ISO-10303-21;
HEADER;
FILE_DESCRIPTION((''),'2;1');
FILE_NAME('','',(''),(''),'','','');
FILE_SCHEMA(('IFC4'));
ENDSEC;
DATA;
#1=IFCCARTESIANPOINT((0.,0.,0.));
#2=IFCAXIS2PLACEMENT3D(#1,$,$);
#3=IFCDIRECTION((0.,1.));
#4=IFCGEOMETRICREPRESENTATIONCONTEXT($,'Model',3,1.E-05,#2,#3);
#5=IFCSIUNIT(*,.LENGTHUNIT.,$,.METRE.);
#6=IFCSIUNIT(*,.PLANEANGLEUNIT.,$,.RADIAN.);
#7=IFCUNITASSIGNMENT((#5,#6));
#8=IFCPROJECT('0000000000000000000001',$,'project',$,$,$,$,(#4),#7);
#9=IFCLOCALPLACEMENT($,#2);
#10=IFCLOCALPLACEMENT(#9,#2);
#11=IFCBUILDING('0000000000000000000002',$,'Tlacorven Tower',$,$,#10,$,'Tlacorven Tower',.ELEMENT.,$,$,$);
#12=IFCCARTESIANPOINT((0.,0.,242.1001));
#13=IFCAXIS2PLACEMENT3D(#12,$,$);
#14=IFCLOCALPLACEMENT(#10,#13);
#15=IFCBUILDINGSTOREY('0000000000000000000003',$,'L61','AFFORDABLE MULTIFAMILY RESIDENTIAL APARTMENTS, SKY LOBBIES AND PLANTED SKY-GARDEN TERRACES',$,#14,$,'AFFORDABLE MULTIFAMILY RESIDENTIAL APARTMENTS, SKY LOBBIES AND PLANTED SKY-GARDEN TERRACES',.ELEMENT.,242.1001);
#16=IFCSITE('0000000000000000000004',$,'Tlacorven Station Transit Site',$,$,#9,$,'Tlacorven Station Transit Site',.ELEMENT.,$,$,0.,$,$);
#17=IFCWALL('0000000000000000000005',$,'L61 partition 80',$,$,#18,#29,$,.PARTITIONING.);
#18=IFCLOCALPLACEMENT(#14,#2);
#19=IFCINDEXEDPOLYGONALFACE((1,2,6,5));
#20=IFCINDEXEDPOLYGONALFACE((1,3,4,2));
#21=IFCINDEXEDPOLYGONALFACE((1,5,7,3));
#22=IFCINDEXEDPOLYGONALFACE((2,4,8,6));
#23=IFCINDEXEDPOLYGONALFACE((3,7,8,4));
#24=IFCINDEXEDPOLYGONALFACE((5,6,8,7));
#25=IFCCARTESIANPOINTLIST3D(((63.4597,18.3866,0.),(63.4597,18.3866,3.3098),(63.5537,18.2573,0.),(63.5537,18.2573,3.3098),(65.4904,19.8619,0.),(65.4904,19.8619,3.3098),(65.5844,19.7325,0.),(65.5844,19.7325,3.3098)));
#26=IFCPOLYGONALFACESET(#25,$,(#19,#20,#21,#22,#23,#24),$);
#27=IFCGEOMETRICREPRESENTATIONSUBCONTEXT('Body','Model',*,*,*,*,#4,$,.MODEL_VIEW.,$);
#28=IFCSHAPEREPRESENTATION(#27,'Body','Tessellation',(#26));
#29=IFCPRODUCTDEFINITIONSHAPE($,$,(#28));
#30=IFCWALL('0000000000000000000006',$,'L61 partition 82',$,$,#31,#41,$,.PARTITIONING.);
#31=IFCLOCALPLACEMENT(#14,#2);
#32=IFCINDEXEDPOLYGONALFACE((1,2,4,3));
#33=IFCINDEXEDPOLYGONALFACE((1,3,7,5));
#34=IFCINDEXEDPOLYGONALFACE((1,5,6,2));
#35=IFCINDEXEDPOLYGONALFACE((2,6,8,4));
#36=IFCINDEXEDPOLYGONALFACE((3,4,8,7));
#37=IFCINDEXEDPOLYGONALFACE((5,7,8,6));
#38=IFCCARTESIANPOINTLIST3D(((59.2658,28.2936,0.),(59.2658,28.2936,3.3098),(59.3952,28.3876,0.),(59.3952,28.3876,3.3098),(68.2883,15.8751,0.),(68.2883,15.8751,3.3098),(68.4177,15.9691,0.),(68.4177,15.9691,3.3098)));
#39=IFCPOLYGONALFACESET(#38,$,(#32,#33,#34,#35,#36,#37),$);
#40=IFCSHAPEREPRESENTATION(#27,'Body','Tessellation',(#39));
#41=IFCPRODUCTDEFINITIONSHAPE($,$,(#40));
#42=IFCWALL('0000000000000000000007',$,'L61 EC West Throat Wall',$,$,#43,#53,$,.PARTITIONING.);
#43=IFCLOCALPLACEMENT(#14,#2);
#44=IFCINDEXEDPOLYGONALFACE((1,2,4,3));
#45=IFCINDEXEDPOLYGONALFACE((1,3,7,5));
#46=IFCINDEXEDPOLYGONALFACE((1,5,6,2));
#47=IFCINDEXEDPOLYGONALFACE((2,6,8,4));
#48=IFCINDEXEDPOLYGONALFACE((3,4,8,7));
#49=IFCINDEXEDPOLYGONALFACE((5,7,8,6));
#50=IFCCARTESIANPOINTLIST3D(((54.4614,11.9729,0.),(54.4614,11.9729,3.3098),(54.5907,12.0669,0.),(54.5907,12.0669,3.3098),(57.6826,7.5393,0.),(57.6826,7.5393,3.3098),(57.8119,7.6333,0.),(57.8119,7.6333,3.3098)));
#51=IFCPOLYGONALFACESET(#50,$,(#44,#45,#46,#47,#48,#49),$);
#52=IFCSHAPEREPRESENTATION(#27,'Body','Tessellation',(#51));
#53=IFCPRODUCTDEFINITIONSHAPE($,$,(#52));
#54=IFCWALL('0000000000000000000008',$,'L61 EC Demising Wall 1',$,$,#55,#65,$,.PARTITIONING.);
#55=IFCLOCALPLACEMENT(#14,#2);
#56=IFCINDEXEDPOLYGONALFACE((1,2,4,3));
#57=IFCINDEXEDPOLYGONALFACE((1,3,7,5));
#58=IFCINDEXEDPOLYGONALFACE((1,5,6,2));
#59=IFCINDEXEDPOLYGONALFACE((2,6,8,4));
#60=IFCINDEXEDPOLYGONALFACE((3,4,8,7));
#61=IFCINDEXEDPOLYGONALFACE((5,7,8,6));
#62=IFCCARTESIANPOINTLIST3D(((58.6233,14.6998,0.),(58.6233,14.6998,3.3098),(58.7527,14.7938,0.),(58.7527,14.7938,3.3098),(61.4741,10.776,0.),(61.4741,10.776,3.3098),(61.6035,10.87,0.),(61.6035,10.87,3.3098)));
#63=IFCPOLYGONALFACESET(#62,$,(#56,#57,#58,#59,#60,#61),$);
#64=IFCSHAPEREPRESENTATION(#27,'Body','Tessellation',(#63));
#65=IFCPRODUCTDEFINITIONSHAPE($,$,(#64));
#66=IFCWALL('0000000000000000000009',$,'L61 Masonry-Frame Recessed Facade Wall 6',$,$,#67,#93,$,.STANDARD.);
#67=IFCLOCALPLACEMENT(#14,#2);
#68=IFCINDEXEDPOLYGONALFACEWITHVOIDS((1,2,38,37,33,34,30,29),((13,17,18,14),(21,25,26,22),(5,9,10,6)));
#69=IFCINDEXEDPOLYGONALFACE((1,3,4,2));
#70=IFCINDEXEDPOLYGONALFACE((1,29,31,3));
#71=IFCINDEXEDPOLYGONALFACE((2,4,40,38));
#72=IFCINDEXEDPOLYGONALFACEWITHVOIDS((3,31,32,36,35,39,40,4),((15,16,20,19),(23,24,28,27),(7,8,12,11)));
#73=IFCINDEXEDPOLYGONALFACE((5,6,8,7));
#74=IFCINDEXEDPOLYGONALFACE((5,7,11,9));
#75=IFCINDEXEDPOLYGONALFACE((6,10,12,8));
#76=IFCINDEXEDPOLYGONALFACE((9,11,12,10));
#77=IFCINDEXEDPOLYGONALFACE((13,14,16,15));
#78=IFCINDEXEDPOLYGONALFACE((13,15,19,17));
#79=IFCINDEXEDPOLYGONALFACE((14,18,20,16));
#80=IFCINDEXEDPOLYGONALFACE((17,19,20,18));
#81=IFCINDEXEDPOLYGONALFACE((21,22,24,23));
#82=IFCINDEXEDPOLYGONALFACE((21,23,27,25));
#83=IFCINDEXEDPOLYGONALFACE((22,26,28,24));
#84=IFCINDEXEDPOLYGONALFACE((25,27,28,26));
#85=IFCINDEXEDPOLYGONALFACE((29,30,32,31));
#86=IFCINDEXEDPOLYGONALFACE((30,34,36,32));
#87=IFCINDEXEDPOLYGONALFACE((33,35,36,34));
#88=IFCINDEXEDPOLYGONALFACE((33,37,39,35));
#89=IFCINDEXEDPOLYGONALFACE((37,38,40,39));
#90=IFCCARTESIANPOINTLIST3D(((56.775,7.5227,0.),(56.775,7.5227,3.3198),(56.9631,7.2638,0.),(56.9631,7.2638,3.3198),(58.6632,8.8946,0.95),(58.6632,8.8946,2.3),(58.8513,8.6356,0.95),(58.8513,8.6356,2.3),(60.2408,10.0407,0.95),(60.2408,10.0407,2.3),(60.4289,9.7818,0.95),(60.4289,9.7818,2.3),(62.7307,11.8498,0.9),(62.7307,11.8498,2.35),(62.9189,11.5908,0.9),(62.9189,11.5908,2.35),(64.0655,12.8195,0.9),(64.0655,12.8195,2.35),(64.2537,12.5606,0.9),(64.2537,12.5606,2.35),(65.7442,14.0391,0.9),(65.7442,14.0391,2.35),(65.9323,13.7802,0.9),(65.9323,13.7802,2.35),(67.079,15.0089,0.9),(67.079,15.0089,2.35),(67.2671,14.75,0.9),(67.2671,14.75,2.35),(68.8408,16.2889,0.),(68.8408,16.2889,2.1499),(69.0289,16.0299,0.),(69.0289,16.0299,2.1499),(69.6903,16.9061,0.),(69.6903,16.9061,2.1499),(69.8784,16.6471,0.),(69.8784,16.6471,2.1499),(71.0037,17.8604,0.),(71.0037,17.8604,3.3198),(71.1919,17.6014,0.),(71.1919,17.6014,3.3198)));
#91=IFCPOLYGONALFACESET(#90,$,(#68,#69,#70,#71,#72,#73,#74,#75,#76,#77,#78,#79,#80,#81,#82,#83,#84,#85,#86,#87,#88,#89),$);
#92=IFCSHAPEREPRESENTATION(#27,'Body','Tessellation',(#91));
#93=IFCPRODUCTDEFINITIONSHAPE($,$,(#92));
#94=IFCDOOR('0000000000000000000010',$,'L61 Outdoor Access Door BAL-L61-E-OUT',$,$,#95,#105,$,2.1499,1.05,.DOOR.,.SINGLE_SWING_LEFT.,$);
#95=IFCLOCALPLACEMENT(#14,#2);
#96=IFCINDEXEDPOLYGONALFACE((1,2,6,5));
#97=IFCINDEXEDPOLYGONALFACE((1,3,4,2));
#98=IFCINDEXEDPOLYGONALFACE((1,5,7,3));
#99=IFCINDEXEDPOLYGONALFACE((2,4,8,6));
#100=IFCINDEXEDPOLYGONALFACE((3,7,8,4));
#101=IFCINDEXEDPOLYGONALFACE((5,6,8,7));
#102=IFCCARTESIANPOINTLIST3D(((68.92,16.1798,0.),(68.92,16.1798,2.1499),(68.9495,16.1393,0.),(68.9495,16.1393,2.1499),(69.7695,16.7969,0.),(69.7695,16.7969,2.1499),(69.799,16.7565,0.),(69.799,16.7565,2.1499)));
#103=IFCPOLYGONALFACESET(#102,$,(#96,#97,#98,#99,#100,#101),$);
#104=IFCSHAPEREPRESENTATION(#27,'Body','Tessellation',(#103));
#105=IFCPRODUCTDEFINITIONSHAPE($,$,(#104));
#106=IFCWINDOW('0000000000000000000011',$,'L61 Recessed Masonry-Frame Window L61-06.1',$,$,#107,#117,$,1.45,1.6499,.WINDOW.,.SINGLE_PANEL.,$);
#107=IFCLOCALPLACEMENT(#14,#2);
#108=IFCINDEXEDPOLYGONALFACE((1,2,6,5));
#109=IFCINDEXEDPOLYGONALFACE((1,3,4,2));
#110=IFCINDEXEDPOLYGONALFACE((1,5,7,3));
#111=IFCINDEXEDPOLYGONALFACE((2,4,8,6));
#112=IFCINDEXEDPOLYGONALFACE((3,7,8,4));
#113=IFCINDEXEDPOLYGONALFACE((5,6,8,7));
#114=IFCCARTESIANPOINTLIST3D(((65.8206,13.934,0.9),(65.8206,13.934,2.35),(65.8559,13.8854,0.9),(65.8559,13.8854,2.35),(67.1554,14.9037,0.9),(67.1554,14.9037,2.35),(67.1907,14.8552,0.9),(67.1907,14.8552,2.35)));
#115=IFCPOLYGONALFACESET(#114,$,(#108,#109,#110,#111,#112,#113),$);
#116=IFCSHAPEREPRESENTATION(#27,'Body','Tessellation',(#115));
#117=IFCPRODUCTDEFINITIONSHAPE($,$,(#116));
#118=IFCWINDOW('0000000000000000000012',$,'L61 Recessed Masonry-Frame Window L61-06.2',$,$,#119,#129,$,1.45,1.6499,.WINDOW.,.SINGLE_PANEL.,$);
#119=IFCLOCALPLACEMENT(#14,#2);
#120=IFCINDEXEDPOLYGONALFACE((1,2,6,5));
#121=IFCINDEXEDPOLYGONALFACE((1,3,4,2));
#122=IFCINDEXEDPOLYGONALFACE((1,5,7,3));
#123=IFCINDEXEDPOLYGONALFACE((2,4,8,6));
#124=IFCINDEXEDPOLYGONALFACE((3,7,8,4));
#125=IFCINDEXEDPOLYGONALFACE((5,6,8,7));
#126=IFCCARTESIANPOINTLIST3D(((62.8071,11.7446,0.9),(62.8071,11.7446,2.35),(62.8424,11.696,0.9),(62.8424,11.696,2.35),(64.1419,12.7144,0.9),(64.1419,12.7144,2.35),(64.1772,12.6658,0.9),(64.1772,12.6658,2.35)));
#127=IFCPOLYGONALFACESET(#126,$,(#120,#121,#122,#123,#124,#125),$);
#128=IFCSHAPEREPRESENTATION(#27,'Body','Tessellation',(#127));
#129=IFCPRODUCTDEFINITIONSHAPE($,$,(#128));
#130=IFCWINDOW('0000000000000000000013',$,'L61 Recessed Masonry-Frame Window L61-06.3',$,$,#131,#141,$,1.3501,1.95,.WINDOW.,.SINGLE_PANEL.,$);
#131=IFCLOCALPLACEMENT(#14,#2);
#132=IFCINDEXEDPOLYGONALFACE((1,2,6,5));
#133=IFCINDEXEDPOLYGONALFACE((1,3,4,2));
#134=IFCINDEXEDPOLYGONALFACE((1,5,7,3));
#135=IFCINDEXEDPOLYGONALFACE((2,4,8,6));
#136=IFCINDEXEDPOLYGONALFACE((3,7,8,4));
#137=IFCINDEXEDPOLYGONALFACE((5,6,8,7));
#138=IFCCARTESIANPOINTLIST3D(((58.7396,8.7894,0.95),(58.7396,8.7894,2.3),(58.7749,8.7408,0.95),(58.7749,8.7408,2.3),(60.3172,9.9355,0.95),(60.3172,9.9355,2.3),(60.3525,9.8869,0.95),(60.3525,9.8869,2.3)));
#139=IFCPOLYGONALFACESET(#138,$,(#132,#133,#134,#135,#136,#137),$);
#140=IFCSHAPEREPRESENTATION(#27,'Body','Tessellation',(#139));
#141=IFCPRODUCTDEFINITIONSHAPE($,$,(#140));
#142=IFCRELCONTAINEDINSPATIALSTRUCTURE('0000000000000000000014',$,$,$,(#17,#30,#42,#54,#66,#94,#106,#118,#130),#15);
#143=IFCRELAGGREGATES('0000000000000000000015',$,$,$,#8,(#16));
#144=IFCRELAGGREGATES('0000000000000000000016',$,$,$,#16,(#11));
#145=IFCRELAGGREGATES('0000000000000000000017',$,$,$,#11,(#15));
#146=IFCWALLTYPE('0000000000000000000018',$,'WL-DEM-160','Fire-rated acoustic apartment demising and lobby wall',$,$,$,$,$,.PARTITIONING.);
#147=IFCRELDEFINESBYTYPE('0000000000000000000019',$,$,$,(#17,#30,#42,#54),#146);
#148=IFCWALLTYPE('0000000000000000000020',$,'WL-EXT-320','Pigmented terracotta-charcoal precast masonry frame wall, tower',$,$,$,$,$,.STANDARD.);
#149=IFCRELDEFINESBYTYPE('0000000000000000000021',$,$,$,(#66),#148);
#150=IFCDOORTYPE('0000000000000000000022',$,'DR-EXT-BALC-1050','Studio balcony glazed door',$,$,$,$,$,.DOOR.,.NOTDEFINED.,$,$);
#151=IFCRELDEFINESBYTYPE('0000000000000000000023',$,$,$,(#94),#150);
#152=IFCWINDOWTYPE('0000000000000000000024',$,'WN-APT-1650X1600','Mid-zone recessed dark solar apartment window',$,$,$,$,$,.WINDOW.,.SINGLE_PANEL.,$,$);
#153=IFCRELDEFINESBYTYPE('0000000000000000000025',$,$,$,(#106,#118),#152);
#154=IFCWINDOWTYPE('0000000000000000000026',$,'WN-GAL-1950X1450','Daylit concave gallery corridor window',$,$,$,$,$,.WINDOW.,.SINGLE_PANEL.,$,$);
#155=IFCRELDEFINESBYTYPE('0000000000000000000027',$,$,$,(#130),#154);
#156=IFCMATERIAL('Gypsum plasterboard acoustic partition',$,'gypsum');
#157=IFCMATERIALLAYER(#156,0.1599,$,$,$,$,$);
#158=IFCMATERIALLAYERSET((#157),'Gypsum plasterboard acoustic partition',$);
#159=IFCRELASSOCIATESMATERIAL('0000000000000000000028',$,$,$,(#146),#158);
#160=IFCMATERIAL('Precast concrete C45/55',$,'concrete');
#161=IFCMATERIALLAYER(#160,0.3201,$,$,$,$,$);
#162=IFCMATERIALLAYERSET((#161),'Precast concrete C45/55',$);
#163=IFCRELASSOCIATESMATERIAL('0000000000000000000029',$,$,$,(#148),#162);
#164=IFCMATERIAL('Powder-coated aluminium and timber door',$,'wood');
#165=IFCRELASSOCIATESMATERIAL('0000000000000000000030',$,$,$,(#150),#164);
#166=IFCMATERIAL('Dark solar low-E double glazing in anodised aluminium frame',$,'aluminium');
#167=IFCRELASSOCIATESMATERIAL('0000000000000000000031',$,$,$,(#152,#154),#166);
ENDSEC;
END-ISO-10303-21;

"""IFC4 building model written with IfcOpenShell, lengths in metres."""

from ifc_helpers import new_model, si_unit, direction, frame, frame_2d, origin, place, context, subcontext, project, spatial, rectangle, extrude, source, transform, mapped, material, layer, layer_set, type_object, element, fill, save


model = new_model("IFC4")

# Units and contexts
model_context = context("Model", 3, precision=1e-05, world=origin(), true_north=direction((0.0, 1.0)))
body_context = subcontext(model_context, "Body", "Model", "MODEL_VIEW")
ifc_project = project(units=[si_unit("LENGTHUNIT", "METRE"), si_unit("PLANEANGLEUNIT", "RADIAN")], contexts=[model_context])

# Site, building, storey
site_placement = place(None, origin())
site = spatial("IfcSite", under=ifc_project, at=site_placement, Name="Tlacorven Station Transit Site", LongName="Tlacorven Station Transit Site", CompositionType="ELEMENT", RefElevation=0.0)
building_placement = place(site_placement, origin())
building = spatial("IfcBuilding", under=site, at=building_placement, Name="Tlacorven Tower", LongName="Tlacorven Tower", CompositionType="ELEMENT")
storey_placement = place(building_placement, frame((0.0, 0.0, 242.1001)))
storey = spatial("IfcBuildingStorey", under=building, at=storey_placement, Name="L61", Description="AFFORDABLE MULTIFAMILY RESIDENTIAL APARTMENTS, SKY LOBBIES AND PLANTED SKY-GARDEN TERRACES", LongName="AFFORDABLE MULTIFAMILY RESIDENTIAL APARTMENTS, SKY LOBBIES AND PLANTED SKY-GARDEN TERRACES", CompositionType="ELEMENT", Elevation=242.1001)

# Walls
ifc_material_1 = material(Name="Gypsum plasterboard acoustic partition", Category="gypsum")
ifc_layer_1 = layer(ifc_material_1, 0.1599)
ifc_layer_set_1 = layer_set([ifc_layer_1], Name="Gypsum plasterboard acoustic partition")
wall_type_1 = type_object("IfcWallType", Name="WL-DEM-160", Description="Fire-rated acoustic apartment demising and lobby wall", PredefinedType="PARTITIONING", material=ifc_layer_set_1)
wall_1_placement = place(storey_placement, frame((63.5068, 18.322, 0.0), z_axis=(0.0, 0.0, 1.0), x_axis=(0.809035, 0.587761, 0.0)))
element("IfcWall", 1, at=wall_1_placement, inside=storey, type_object=wall_type_1, Name="L61 partition 80", PredefinedType="PARTITIONING", context=body_context, shape_type="SweptSolid", body=[
    extrude(rectangle(XDim=2.51, YDim=0.1599, at=frame_2d((1.2549, 0.0))), origin(), (0.0, 0.0, 1.0), 3.3098),
])
wall_2_placement = place(storey_placement, frame((68.353, 15.9221, 0.0), z_axis=(0.0, 0.0, 1.0), x_axis=(-0.587782, 0.809019, 0.0)))
element("IfcWall", 2, at=wall_2_placement, inside=storey, type_object=wall_type_1, Name="L61 partition 82", PredefinedType="PARTITIONING", context=body_context, shape_type="SweptSolid", body=[
    extrude(rectangle(XDim=15.3501, YDim=0.1599, at=frame_2d((7.675, 0.0))), origin(), (0.0, 0.0, 1.0), 3.3098),
])
wall_3_placement = place(storey_placement, frame((57.7473, 7.5862, 0.0), z_axis=(0.0, 0.0, 1.0), x_axis=(-0.587785, 0.809017, 0.0)))
element("IfcWall", 3, at=wall_3_placement, inside=storey, type_object=wall_type_1, Name="L61 EC West Throat Wall", PredefinedType="PARTITIONING", context=body_context, shape_type="SweptSolid", body=[
    extrude(rectangle(XDim=5.4802, YDim=0.1599, at=frame_2d((2.7402, 0.0))), origin(), (0.0, 0.0, 1.0), 3.3098),
])
wall_4_placement = place(storey_placement, frame((61.5388, 10.823, 0.0), z_axis=(0.0, 0.0, 1.0), x_axis=(-0.587786, 0.809017, 0.0)))
element("IfcWall", 4, at=wall_4_placement, inside=storey, type_object=wall_type_1, Name="L61 EC Demising Wall 1", PredefinedType="PARTITIONING", context=body_context, shape_type="SweptSolid", body=[
    extrude(rectangle(XDim=4.8501, YDim=0.1599, at=frame_2d((2.425, 0.0))), origin(), (0.0, 0.0, 1.0), 3.3098),
])

# Wall, openings, door, windows
ifc_material_2 = material(Name="Precast concrete C45/55", Category="concrete")
ifc_layer_2 = layer(ifc_material_2, 0.3201)
ifc_layer_set_2 = layer_set([ifc_layer_2], Name="Precast concrete C45/55")
wall_type_2 = type_object("IfcWallType", Name="WL-EXT-320", Description="Pigmented terracotta-charcoal precast masonry frame wall, tower", PredefinedType="STANDARD", material=ifc_layer_set_2)
wall_5_placement = place(storey_placement, frame((71.0979, 17.731, 0.0), z_axis=(0.0, 0.0, 1.0), x_axis=(-0.809021, -0.58778, 0.0)))
wall_5 = element("IfcWall", 5, at=wall_5_placement, inside=storey, type_object=wall_type_2, Name="L61 Masonry-Frame Recessed Facade Wall 6", PredefinedType="STANDARD", context=body_context, shape_type="SweptSolid", body=[
    extrude(rectangle(XDim=17.5876, YDim=0.3201, at=frame_2d((8.7939, 0.0))), origin(), (0.0, 0.0, 1.0), 3.3198),
])
opening_1_placement = place(wall_5_placement, frame((1.6238, 0.0, 0.0)))
opening_1 = element("IfcOpeningElement", 6, at=opening_1_placement, cuts=wall_5, PredefinedType="OPENING", context=body_context, shape_type="SweptSolid", body=[
    extrude(rectangle(XDim=1.05, YDim=2.1499, at=frame_2d((0.5249, 1.075))), frame((0.0, 0.1699, 0.0), z_axis=(0.0, -1.0, 0.0), x_axis=(1.0, 0.0, 0.0)), (0.0, 0.0, 1.0), 0.3401),
])
opening_2_placement = place(wall_5_placement, frame((4.8513, 0.0, 0.8999)))
opening_2 = element("IfcOpeningElement", 7, at=opening_2_placement, cuts=wall_5, PredefinedType="OPENING", context=body_context, shape_type="SweptSolid", body=[
    extrude(rectangle(XDim=1.6499, YDim=1.45, at=frame_2d((0.825, 0.7251))), frame((0.0, 0.1699, 0.0), z_axis=(0.0, -1.0, 0.0), x_axis=(1.0, 0.0, 0.0)), (0.0, 0.0, 1.0), 0.3401),
])
opening_3_placement = place(wall_5_placement, frame((8.5762, 0.0, 0.8999)))
opening_3 = element("IfcOpeningElement", 8, at=opening_3_placement, cuts=wall_5, PredefinedType="OPENING", context=body_context, shape_type="SweptSolid", body=[
    extrude(rectangle(XDim=1.6499, YDim=1.45, at=frame_2d((0.825, 0.7251))), frame((0.0, 0.1699, 0.0), z_axis=(0.0, -1.0, 0.0), x_axis=(1.0, 0.0, 0.0)), (0.0, 0.0, 1.0), 0.3401),
])
opening_4_placement = place(wall_5_placement, frame((13.3037, 0.0, 0.95)))
opening_4 = element("IfcOpeningElement", 9, at=opening_4_placement, cuts=wall_5, PredefinedType="OPENING", context=body_context, shape_type="SweptSolid", body=[
    extrude(rectangle(XDim=1.95, YDim=1.3501, at=frame_2d((0.9751, 0.675))), frame((0.0, 0.1699, 0.0), z_axis=(0.0, -1.0, 0.0), x_axis=(1.0, 0.0, 0.0)), (0.0, 0.0, 1.0), 0.3401),
])
ifc_material_3 = material(Name="Powder-coated aluminium and timber door", Category="wood")
door_type = type_object("IfcDoorType", Name="DR-EXT-BALC-1050", Description="Studio balcony glazed door", OperationType="NOTDEFINED", PredefinedType="DOOR", material=ifc_material_3)
shared_shape_1 = source(origin(), body_context, "Body", "SweptSolid", [
    extrude(rectangle(XDim=1.05, YDim=2.1499, at=frame_2d((0.5249, 1.075))), frame((0.0, 0.0249, 0.0), z_axis=(0.0, -1.0, 0.0), x_axis=(1.0, 0.0, 0.0)), (0.0, 0.0, 1.0), 0.05),
])
door_placement = place(opening_1_placement, origin())
door = element("IfcDoor", 10, at=door_placement, inside=storey, type_object=door_type, Name="L61 Outdoor Access Door BAL-L61-E-OUT", OperationType="SINGLE_SWING_LEFT", OverallHeight=2.1499, OverallWidth=1.05, PredefinedType="DOOR", context=body_context, shape_type="MappedRepresentation", body=[
    mapped(shared_shape_1, transform((0.0, 0.0, 0.0), scale=1.0)),
])
fill(opening_1, door)
ifc_material_4 = material(Name="Dark solar low-E double glazing in anodised aluminium frame", Category="aluminium")
window_type_1 = type_object("IfcWindowType", Name="WN-APT-1650X1600", Description="Mid-zone recessed dark solar apartment window", PartitioningType="SINGLE_PANEL", PredefinedType="WINDOW", material=ifc_material_4)
shared_shape_2 = source(origin(), body_context, "Body", "SweptSolid", [
    extrude(rectangle(XDim=1.6499, YDim=1.45, at=frame_2d((0.825, 0.7251))), frame((0.0, 0.03, 0.0), z_axis=(0.0, -1.0, 0.0), x_axis=(1.0, 0.0, 0.0)), (0.0, 0.0, 1.0), 0.0601),
])
window_1_placement = place(opening_2_placement, origin())
window_1 = element("IfcWindow", 11, at=window_1_placement, inside=storey, type_object=window_type_1, Name="L61 Recessed Masonry-Frame Window L61-06.1", OverallHeight=1.45, OverallWidth=1.6499, PartitioningType="SINGLE_PANEL", PredefinedType="WINDOW", context=body_context, shape_type="MappedRepresentation", body=[
    mapped(shared_shape_2, transform((0.0, 0.0, 0.0), scale=1.0)),
])
fill(opening_2, window_1)
window_2_placement = place(opening_3_placement, origin())
window_2 = element("IfcWindow", 12, at=window_2_placement, inside=storey, type_object=window_type_1, Name="L61 Recessed Masonry-Frame Window L61-06.2", OverallHeight=1.45, OverallWidth=1.6499, PartitioningType="SINGLE_PANEL", PredefinedType="WINDOW", context=body_context, shape_type="MappedRepresentation", body=[
    mapped(shared_shape_2, transform((0.0, 0.0, 0.0), scale=1.0)),
])
fill(opening_3, window_2)
window_type_2 = type_object("IfcWindowType", Name="WN-GAL-1950X1450", Description="Daylit concave gallery corridor window", PartitioningType="SINGLE_PANEL", PredefinedType="WINDOW", material=ifc_material_4)
shared_shape_3 = source(origin(), body_context, "Body", "SweptSolid", [
    extrude(rectangle(XDim=1.95, YDim=1.3501, at=frame_2d((0.9751, 0.675))), frame((0.0, 0.03, 0.0), z_axis=(0.0, -1.0, 0.0), x_axis=(1.0, 0.0, 0.0)), (0.0, 0.0, 1.0), 0.0601),
])
window_3_placement = place(opening_4_placement, origin())
window_3 = element("IfcWindow", 13, at=window_3_placement, inside=storey, type_object=window_type_2, Name="L61 Recessed Masonry-Frame Window L61-06.3", OverallHeight=1.3501, OverallWidth=1.95, PartitioningType="SINGLE_PANEL", PredefinedType="WINDOW", context=body_context, shape_type="MappedRepresentation", body=[
    mapped(shared_shape_3, transform((0.0, 0.0, 0.0), scale=1.0)),
])
fill(opening_4, window_3)

save(model, "model.ifc")
